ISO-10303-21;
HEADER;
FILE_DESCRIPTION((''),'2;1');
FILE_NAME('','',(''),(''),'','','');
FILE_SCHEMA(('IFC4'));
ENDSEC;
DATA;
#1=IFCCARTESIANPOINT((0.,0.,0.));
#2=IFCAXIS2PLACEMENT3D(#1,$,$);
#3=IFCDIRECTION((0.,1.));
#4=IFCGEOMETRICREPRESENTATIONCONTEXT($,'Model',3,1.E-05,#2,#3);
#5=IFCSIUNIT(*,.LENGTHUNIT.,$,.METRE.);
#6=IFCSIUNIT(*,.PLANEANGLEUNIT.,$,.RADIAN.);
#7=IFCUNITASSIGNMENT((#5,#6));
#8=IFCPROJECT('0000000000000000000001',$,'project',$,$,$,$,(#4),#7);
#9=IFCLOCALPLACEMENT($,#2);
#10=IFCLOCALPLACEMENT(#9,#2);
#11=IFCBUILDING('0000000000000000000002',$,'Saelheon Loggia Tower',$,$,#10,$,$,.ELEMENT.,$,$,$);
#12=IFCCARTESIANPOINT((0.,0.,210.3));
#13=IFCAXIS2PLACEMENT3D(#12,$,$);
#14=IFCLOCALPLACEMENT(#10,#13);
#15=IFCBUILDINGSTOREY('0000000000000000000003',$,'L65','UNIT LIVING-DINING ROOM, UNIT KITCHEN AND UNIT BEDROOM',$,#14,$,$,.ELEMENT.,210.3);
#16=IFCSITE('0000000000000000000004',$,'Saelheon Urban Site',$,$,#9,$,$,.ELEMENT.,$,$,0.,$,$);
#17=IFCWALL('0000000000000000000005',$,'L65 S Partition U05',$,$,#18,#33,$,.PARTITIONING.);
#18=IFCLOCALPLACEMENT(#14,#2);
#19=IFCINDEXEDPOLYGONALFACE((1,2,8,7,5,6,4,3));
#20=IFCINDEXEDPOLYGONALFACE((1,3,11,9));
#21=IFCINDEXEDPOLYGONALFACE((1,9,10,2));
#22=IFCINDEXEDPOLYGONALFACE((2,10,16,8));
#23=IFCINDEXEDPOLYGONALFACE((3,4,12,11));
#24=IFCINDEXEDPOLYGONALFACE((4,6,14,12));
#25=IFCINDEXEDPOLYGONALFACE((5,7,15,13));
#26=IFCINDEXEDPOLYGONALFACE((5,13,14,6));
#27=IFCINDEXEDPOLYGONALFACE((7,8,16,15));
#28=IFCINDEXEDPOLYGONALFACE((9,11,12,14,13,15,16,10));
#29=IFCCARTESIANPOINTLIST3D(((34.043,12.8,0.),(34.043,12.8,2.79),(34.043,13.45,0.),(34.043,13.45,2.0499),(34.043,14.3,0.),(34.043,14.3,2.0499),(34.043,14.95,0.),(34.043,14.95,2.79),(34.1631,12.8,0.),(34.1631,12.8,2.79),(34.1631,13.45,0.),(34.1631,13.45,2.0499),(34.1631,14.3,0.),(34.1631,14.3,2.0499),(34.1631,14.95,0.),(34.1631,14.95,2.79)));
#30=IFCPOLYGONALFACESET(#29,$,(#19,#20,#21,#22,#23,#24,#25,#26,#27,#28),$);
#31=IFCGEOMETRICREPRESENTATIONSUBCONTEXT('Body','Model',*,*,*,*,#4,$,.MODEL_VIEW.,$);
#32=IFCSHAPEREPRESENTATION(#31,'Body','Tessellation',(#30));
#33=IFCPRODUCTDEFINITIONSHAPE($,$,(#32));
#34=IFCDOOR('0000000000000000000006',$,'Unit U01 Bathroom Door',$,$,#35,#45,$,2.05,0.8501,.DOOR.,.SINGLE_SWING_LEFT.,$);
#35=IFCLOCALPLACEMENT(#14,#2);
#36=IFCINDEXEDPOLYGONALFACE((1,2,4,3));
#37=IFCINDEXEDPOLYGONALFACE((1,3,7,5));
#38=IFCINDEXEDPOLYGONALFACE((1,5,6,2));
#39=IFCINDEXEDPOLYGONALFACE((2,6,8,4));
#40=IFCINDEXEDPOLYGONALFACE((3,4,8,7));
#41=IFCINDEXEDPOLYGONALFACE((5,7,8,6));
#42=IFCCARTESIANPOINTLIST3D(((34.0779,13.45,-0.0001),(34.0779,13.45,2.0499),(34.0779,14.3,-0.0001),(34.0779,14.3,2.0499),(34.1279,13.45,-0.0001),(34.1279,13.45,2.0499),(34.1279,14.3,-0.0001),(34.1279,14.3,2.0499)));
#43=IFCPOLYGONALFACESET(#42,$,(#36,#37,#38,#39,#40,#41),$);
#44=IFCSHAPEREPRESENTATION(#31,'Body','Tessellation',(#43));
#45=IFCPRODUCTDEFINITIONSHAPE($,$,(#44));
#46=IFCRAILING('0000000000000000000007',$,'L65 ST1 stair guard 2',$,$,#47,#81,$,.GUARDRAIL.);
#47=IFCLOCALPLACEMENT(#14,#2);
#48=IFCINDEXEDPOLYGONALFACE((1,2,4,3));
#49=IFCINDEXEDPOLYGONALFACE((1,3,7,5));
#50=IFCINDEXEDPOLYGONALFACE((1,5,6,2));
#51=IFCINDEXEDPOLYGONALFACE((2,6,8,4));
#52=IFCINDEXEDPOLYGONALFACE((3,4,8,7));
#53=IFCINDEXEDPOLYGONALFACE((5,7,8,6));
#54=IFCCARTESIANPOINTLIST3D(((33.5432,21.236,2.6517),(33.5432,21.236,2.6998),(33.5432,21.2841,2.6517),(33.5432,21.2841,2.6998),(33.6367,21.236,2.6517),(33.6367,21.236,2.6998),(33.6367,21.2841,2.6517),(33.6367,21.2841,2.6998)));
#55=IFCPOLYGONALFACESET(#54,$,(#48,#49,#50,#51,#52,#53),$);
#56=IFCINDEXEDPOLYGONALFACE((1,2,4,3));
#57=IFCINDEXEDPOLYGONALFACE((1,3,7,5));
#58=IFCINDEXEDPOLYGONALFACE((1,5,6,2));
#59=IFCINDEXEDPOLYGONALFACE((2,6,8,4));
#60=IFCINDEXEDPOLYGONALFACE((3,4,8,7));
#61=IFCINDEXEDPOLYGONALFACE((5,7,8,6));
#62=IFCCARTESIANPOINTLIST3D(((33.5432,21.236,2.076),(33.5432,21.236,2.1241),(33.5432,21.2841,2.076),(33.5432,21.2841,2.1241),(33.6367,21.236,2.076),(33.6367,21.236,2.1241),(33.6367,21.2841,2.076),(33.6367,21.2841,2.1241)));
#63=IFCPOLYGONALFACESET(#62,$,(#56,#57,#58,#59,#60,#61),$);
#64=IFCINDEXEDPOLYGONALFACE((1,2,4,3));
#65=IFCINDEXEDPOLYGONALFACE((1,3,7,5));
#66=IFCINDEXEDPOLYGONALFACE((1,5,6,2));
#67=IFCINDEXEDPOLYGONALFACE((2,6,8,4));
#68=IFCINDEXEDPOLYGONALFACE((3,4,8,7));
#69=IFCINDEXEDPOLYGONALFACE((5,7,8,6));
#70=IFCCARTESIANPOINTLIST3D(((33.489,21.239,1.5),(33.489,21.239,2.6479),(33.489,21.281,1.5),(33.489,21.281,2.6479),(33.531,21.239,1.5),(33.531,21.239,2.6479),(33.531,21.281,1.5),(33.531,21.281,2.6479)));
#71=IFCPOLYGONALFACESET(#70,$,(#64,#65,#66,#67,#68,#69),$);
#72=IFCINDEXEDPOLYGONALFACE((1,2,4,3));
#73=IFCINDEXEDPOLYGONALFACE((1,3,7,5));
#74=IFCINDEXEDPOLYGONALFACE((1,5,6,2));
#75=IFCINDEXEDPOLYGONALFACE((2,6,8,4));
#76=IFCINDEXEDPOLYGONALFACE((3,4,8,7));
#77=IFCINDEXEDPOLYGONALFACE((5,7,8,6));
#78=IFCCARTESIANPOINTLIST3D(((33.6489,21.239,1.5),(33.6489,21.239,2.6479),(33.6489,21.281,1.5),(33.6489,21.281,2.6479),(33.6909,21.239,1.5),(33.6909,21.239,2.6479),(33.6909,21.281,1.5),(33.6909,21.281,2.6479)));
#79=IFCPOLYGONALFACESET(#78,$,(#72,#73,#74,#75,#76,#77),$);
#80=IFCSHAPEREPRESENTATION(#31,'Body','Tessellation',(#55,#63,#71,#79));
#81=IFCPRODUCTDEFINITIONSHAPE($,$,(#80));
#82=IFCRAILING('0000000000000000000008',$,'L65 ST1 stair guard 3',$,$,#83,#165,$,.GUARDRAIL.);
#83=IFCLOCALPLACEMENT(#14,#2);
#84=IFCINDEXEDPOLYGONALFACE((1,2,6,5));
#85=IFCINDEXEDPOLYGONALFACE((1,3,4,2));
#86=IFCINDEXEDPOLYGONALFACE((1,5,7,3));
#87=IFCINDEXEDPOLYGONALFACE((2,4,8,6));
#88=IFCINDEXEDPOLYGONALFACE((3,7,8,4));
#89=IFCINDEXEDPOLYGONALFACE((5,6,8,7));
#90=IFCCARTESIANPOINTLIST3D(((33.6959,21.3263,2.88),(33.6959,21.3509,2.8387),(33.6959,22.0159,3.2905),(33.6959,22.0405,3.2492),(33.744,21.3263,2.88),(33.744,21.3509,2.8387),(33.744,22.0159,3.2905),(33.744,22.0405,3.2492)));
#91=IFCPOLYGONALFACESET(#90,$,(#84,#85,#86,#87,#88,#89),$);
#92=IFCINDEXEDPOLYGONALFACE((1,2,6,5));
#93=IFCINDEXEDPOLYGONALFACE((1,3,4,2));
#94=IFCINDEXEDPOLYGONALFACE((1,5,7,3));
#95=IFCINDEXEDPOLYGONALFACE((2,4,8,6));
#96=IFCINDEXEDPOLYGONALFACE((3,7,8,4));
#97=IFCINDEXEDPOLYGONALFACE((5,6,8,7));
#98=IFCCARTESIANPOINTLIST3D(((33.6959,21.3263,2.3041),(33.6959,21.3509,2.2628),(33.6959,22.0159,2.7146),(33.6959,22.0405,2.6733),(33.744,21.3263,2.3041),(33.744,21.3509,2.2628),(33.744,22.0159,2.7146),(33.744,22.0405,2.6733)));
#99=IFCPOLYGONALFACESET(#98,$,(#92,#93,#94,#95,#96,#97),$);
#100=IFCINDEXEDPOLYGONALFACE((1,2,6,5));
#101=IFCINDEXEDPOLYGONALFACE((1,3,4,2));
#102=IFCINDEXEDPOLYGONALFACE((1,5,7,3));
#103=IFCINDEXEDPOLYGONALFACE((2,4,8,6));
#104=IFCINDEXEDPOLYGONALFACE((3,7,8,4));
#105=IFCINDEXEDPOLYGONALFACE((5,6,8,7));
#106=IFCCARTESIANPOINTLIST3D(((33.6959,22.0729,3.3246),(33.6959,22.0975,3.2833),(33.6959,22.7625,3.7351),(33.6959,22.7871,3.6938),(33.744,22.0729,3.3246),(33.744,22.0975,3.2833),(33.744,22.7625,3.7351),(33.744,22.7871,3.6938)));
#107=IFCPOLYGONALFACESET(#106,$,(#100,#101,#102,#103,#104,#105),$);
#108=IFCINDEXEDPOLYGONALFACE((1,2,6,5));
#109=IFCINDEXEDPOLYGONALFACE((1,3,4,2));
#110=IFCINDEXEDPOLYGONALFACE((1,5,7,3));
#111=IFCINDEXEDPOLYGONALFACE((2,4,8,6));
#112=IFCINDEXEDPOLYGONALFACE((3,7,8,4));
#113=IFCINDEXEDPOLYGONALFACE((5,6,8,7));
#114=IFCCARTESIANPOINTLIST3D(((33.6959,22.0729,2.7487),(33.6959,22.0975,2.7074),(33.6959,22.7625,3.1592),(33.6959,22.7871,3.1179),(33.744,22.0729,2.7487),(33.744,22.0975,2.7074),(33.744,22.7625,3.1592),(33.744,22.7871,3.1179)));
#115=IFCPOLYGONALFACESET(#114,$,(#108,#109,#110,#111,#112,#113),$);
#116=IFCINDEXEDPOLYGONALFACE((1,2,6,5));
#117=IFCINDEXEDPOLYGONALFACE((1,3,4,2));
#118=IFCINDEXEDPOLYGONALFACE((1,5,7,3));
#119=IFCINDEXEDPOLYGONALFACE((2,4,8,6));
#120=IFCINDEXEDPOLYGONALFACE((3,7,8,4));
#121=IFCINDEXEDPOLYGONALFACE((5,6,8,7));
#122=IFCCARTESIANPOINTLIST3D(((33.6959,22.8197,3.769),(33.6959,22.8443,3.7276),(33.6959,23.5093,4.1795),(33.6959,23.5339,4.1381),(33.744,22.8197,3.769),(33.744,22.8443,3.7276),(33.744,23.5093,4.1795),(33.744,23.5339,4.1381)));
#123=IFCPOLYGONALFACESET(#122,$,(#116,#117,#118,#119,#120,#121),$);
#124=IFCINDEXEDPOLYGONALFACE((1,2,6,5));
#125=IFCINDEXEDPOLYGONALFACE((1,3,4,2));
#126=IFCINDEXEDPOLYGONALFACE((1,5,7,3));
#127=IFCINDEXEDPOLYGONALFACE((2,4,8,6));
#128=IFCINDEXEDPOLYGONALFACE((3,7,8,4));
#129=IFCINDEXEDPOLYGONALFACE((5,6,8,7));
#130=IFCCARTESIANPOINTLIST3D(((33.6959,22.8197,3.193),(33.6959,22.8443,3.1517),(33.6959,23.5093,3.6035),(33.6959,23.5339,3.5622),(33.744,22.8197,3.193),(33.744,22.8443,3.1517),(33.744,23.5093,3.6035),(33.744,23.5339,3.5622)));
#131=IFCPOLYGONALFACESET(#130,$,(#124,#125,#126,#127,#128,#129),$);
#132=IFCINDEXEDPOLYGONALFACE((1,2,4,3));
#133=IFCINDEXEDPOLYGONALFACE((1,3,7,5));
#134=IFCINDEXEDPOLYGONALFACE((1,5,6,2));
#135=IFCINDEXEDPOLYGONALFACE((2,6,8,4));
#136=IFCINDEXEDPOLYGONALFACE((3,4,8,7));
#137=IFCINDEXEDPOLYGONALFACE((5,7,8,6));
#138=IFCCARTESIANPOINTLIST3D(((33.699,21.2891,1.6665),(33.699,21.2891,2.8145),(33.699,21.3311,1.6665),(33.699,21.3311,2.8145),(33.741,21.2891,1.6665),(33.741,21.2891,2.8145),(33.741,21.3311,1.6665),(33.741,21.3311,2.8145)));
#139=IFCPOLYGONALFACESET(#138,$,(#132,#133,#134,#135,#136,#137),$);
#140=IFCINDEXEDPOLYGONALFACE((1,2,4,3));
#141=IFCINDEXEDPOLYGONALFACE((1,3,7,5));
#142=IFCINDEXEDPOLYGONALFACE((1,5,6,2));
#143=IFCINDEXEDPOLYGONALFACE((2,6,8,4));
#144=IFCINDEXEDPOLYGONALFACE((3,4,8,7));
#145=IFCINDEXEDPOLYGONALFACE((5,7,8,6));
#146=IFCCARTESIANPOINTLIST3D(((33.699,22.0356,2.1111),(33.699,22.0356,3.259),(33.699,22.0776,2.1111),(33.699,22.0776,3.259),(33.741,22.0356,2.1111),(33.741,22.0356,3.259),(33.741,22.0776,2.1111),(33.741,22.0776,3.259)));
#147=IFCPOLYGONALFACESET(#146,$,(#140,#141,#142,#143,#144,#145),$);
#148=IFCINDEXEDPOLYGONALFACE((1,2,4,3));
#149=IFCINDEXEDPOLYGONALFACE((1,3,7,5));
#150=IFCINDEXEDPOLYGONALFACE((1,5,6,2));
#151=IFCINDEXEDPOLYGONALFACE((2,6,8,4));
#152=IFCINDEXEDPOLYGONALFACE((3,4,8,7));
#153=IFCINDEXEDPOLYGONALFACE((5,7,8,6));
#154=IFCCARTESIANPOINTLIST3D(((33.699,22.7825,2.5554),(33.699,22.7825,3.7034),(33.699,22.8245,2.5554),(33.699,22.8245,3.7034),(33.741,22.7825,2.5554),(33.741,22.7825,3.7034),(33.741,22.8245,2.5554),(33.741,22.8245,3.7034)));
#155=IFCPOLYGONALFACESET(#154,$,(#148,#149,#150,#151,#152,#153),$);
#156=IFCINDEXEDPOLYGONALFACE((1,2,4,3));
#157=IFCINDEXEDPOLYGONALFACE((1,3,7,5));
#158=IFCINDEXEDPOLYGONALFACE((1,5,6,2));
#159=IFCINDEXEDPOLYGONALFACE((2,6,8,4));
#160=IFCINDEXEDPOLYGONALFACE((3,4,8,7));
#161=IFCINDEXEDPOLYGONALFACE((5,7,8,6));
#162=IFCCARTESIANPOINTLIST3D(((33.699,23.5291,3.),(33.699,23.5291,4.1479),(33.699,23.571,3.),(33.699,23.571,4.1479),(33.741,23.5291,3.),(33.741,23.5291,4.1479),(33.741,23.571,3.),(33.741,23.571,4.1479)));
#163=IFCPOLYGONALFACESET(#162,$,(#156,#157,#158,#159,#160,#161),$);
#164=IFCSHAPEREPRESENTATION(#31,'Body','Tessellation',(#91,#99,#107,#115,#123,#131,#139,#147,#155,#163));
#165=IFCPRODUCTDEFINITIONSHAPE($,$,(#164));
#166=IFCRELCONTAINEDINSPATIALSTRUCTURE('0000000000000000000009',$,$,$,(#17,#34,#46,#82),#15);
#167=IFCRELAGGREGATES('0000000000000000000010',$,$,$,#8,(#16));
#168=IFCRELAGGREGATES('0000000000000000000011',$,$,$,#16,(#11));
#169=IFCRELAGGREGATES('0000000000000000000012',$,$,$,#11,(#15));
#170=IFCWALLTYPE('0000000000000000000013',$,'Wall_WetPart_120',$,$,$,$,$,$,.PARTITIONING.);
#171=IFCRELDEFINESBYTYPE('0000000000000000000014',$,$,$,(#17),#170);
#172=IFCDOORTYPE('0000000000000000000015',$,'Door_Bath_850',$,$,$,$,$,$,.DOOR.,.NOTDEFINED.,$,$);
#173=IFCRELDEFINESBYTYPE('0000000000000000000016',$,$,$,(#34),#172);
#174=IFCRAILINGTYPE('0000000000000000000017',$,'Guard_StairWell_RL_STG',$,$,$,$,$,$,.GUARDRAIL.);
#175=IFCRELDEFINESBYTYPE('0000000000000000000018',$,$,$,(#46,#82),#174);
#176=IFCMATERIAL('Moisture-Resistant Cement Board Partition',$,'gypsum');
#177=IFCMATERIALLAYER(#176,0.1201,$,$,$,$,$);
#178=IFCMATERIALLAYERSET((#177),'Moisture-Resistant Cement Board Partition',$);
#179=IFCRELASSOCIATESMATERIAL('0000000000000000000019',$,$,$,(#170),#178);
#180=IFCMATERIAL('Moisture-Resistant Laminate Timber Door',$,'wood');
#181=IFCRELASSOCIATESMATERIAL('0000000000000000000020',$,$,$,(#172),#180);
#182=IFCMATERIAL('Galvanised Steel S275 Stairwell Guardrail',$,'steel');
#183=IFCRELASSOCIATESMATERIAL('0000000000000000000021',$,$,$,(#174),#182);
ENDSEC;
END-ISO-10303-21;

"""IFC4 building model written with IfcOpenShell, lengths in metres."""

from ifc_helpers import new_model, si_unit, direction, frame, frame_2d, origin, origin_2d, place, context, subcontext, project, spatial, rectangle, extrude, source, transform, mapped, material, layer, layer_set, type_object, element, fill, save


model = new_model("IFC4")

# Units and contexts
model_context = context("Model", 3, precision=1e-05, world=origin(), true_north=direction((0.0, 1.0)))
body_context = subcontext(model_context, "Body", "Model", "MODEL_VIEW")
ifc_project = project(units=[si_unit("LENGTHUNIT", "METRE"), si_unit("PLANEANGLEUNIT", "RADIAN")], contexts=[model_context])

# Site, building, storey
site_placement = place(None, origin())
site = spatial("IfcSite", under=ifc_project, at=site_placement, Name="Saelheon Urban Site", CompositionType="ELEMENT", RefElevation=0.0)
building_placement = place(site_placement, origin())
building = spatial("IfcBuilding", under=site, at=building_placement, Name="Saelheon Loggia Tower", CompositionType="ELEMENT")
storey_placement = place(building_placement, frame((0.0, 0.0, 210.3)))
storey = spatial("IfcBuildingStorey", under=building, at=storey_placement, Name="L65", Description="UNIT LIVING-DINING ROOM, UNIT KITCHEN AND UNIT BEDROOM", CompositionType="ELEMENT", Elevation=210.3)

# Wall, opening, door
ifc_material_1 = material(Name="Moisture-Resistant Cement Board Partition", Category="gypsum")
ifc_layer_1 = layer(ifc_material_1, 0.1201)
ifc_layer_set_1 = layer_set([ifc_layer_1], Name="Moisture-Resistant Cement Board Partition")
wall_type_1 = type_object("IfcWallType", Name="Wall_WetPart_120", PredefinedType="PARTITIONING", material=ifc_layer_set_1)
wall_1_placement = place(storey_placement, frame((34.103, 14.95, 0.0), z_axis=(0.0, 0.0, 1.0), x_axis=(0.0, -1.0, 0.0)))
wall_1 = element("IfcWall", 1, at=wall_1_placement, inside=storey, type_object=wall_type_1, Name="L65 S Partition U05", PredefinedType="PARTITIONING", context=body_context, shape_type="SweptSolid", body=[
    extrude(rectangle(XDim=2.1499, YDim=0.1201, at=frame_2d((1.075, 0.0))), origin(), (0.0, 0.0, 1.0), 2.79),
])
opening_1_placement = place(wall_1_placement, frame((0.6499, 0.0, 0.0)))
opening_1 = element("IfcOpeningElement", 2, at=opening_1_placement, cuts=wall_1, PredefinedType="OPENING", context=body_context, shape_type="SweptSolid", body=[
    extrude(rectangle(XDim=0.8501, YDim=2.05, at=frame_2d((0.425, 1.0249))), frame((0.0, 0.072, 0.0), z_axis=(0.0, -1.0, 0.0), x_axis=(1.0, 0.0, 0.0)), (0.0, 0.0, 1.0), 0.144),
])
ifc_material_2 = material(Name="Moisture-Resistant Laminate Timber Door", Category="wood")
door_type_1 = type_object("IfcDoorType", Name="Door_Bath_850", OperationType="NOTDEFINED", PredefinedType="DOOR", material=ifc_material_2)
shared_shape_1 = source(origin(), body_context, "Body", "SweptSolid", [
    extrude(rectangle(XDim=0.8501, YDim=2.05, at=frame_2d((0.425, 1.0249))), frame((0.0, 0.0249, 0.0), z_axis=(0.0, -1.0, 0.0), x_axis=(1.0, 0.0, 0.0)), (0.0, 0.0, 1.0), 0.05),
])
door_1_placement = place(opening_1_placement, origin())
door_1 = element("IfcDoor", 3, at=door_1_placement, inside=storey, type_object=door_type_1, Name="Unit U01 Bathroom Door", OperationType="SINGLE_SWING_LEFT", OverallHeight=2.05, OverallWidth=0.8501, PredefinedType="DOOR", context=body_context, shape_type="MappedRepresentation", body=[
    mapped(shared_shape_1, transform((0.0, 0.0, 0.0), scale=1.0)),
])
fill(opening_1, door_1)

# Railings
ifc_material_3 = material(Name="Galvanised Steel S275 Stairwell Guardrail", Category="steel")
railing_type_1 = type_object("IfcRailingType", Name="Guard_StairWell_RL_STG", PredefinedType="GUARDRAIL", material=ifc_material_3)
railing_1_placement = place(storey_placement, frame((33.51, 21.26, 1.5)))
element("IfcRailing", 4, at=railing_1_placement, inside=storey, type_object=railing_type_1, Name="L65 ST1 stair guard 2", PredefinedType="GUARDRAIL", context=body_context, shape_type="SweptSolid", body=[
    extrude(rectangle(XDim=0.0481, YDim=0.0481, at=origin_2d()), frame((0.0332, 0.0, 1.1758), z_axis=(1.0, 0.0, 0.0), x_axis=(0.0, 1.0, 0.0)), (0.0, 0.0, 1.0), 0.0935),
    extrude(rectangle(XDim=0.0481, YDim=0.0481, at=origin_2d()), frame((0.0332, 0.0, 0.6001), z_axis=(1.0, 0.0, 0.0), x_axis=(0.0, 1.0, 0.0)), (0.0, 0.0, 1.0), 0.0935),
    extrude(rectangle(XDim=0.042, YDim=0.042, at=origin_2d()), origin(), (0.0, 0.0, 1.0), 1.1479),
    extrude(rectangle(XDim=0.042, YDim=0.042, at=origin_2d()), frame((0.1599, 0.0, 0.0)), (0.0, 0.0, 1.0), 1.1479),
])
railing_2_placement = place(storey_placement, frame((33.72, 21.3101, 1.6665)))
element("IfcRailing", 5, at=railing_2_placement, inside=storey, type_object=railing_type_1, Name="L65 ST1 stair guard 3", PredefinedType="GUARDRAIL", context=body_context, shape_type="SweptSolid", body=[
    extrude(rectangle(XDim=0.0481, YDim=0.0481, at=origin_2d()), frame((0.0, 0.0286, 1.1929), z_axis=(0.0, 0.859264, 0.511532), x_axis=(-1.0, 0.0, 0.0)), (0.0, 0.0, 1.0), 0.8025),
    extrude(rectangle(XDim=0.0481, YDim=0.0481, at=origin_2d()), frame((0.0, 0.0286, 0.6169), z_axis=(0.0, 0.859264, 0.511532), x_axis=(-1.0, 0.0, 0.0)), (0.0, 0.0, 1.0), 0.8025),
    extrude(rectangle(XDim=0.0481, YDim=0.0481, at=origin_2d()), frame((0.0, 0.7751, 1.6375), z_axis=(0.0, 0.859264, 0.511532), x_axis=(-1.0, 0.0, 0.0)), (0.0, 0.0, 1.0), 0.8025),
    extrude(rectangle(XDim=0.0481, YDim=0.0481, at=origin_2d()), frame((0.0, 0.7751, 1.0615), z_axis=(0.0, 0.859264, 0.511532), x_axis=(-1.0, 0.0, 0.0)), (0.0, 0.0, 1.0), 0.8025),
    extrude(rectangle(XDim=0.0481, YDim=0.0481, at=origin_2d()), frame((0.0, 1.522, 2.0818), z_axis=(0.0, 0.859264, 0.511532), x_axis=(-1.0, 0.0, 0.0)), (0.0, 0.0, 1.0), 0.8025),
    extrude(rectangle(XDim=0.0481, YDim=0.0481, at=origin_2d()), frame((0.0, 1.522, 1.5059), z_axis=(0.0, 0.859264, 0.511532), x_axis=(-1.0, 0.0, 0.0)), (0.0, 0.0, 1.0), 0.8025),
    extrude(rectangle(XDim=0.042, YDim=0.042, at=origin_2d()), origin(), (0.0, 0.0, 1.0), 1.1479),
    extrude(rectangle(XDim=0.042, YDim=0.042, at=origin_2d()), frame((0.0, 0.7466, 0.4446)), (0.0, 0.0, 1.0), 1.1479),
    extrude(rectangle(XDim=0.042, YDim=0.042, at=origin_2d()), frame((0.0, 1.4934, 0.8889)), (0.0, 0.0, 1.0), 1.1479),
    extrude(rectangle(XDim=0.042, YDim=0.042, at=origin_2d()), frame((0.0, 2.24, 1.3335)), (0.0, 0.0, 1.0), 1.1479),
])

save(model, "model.ifc")
